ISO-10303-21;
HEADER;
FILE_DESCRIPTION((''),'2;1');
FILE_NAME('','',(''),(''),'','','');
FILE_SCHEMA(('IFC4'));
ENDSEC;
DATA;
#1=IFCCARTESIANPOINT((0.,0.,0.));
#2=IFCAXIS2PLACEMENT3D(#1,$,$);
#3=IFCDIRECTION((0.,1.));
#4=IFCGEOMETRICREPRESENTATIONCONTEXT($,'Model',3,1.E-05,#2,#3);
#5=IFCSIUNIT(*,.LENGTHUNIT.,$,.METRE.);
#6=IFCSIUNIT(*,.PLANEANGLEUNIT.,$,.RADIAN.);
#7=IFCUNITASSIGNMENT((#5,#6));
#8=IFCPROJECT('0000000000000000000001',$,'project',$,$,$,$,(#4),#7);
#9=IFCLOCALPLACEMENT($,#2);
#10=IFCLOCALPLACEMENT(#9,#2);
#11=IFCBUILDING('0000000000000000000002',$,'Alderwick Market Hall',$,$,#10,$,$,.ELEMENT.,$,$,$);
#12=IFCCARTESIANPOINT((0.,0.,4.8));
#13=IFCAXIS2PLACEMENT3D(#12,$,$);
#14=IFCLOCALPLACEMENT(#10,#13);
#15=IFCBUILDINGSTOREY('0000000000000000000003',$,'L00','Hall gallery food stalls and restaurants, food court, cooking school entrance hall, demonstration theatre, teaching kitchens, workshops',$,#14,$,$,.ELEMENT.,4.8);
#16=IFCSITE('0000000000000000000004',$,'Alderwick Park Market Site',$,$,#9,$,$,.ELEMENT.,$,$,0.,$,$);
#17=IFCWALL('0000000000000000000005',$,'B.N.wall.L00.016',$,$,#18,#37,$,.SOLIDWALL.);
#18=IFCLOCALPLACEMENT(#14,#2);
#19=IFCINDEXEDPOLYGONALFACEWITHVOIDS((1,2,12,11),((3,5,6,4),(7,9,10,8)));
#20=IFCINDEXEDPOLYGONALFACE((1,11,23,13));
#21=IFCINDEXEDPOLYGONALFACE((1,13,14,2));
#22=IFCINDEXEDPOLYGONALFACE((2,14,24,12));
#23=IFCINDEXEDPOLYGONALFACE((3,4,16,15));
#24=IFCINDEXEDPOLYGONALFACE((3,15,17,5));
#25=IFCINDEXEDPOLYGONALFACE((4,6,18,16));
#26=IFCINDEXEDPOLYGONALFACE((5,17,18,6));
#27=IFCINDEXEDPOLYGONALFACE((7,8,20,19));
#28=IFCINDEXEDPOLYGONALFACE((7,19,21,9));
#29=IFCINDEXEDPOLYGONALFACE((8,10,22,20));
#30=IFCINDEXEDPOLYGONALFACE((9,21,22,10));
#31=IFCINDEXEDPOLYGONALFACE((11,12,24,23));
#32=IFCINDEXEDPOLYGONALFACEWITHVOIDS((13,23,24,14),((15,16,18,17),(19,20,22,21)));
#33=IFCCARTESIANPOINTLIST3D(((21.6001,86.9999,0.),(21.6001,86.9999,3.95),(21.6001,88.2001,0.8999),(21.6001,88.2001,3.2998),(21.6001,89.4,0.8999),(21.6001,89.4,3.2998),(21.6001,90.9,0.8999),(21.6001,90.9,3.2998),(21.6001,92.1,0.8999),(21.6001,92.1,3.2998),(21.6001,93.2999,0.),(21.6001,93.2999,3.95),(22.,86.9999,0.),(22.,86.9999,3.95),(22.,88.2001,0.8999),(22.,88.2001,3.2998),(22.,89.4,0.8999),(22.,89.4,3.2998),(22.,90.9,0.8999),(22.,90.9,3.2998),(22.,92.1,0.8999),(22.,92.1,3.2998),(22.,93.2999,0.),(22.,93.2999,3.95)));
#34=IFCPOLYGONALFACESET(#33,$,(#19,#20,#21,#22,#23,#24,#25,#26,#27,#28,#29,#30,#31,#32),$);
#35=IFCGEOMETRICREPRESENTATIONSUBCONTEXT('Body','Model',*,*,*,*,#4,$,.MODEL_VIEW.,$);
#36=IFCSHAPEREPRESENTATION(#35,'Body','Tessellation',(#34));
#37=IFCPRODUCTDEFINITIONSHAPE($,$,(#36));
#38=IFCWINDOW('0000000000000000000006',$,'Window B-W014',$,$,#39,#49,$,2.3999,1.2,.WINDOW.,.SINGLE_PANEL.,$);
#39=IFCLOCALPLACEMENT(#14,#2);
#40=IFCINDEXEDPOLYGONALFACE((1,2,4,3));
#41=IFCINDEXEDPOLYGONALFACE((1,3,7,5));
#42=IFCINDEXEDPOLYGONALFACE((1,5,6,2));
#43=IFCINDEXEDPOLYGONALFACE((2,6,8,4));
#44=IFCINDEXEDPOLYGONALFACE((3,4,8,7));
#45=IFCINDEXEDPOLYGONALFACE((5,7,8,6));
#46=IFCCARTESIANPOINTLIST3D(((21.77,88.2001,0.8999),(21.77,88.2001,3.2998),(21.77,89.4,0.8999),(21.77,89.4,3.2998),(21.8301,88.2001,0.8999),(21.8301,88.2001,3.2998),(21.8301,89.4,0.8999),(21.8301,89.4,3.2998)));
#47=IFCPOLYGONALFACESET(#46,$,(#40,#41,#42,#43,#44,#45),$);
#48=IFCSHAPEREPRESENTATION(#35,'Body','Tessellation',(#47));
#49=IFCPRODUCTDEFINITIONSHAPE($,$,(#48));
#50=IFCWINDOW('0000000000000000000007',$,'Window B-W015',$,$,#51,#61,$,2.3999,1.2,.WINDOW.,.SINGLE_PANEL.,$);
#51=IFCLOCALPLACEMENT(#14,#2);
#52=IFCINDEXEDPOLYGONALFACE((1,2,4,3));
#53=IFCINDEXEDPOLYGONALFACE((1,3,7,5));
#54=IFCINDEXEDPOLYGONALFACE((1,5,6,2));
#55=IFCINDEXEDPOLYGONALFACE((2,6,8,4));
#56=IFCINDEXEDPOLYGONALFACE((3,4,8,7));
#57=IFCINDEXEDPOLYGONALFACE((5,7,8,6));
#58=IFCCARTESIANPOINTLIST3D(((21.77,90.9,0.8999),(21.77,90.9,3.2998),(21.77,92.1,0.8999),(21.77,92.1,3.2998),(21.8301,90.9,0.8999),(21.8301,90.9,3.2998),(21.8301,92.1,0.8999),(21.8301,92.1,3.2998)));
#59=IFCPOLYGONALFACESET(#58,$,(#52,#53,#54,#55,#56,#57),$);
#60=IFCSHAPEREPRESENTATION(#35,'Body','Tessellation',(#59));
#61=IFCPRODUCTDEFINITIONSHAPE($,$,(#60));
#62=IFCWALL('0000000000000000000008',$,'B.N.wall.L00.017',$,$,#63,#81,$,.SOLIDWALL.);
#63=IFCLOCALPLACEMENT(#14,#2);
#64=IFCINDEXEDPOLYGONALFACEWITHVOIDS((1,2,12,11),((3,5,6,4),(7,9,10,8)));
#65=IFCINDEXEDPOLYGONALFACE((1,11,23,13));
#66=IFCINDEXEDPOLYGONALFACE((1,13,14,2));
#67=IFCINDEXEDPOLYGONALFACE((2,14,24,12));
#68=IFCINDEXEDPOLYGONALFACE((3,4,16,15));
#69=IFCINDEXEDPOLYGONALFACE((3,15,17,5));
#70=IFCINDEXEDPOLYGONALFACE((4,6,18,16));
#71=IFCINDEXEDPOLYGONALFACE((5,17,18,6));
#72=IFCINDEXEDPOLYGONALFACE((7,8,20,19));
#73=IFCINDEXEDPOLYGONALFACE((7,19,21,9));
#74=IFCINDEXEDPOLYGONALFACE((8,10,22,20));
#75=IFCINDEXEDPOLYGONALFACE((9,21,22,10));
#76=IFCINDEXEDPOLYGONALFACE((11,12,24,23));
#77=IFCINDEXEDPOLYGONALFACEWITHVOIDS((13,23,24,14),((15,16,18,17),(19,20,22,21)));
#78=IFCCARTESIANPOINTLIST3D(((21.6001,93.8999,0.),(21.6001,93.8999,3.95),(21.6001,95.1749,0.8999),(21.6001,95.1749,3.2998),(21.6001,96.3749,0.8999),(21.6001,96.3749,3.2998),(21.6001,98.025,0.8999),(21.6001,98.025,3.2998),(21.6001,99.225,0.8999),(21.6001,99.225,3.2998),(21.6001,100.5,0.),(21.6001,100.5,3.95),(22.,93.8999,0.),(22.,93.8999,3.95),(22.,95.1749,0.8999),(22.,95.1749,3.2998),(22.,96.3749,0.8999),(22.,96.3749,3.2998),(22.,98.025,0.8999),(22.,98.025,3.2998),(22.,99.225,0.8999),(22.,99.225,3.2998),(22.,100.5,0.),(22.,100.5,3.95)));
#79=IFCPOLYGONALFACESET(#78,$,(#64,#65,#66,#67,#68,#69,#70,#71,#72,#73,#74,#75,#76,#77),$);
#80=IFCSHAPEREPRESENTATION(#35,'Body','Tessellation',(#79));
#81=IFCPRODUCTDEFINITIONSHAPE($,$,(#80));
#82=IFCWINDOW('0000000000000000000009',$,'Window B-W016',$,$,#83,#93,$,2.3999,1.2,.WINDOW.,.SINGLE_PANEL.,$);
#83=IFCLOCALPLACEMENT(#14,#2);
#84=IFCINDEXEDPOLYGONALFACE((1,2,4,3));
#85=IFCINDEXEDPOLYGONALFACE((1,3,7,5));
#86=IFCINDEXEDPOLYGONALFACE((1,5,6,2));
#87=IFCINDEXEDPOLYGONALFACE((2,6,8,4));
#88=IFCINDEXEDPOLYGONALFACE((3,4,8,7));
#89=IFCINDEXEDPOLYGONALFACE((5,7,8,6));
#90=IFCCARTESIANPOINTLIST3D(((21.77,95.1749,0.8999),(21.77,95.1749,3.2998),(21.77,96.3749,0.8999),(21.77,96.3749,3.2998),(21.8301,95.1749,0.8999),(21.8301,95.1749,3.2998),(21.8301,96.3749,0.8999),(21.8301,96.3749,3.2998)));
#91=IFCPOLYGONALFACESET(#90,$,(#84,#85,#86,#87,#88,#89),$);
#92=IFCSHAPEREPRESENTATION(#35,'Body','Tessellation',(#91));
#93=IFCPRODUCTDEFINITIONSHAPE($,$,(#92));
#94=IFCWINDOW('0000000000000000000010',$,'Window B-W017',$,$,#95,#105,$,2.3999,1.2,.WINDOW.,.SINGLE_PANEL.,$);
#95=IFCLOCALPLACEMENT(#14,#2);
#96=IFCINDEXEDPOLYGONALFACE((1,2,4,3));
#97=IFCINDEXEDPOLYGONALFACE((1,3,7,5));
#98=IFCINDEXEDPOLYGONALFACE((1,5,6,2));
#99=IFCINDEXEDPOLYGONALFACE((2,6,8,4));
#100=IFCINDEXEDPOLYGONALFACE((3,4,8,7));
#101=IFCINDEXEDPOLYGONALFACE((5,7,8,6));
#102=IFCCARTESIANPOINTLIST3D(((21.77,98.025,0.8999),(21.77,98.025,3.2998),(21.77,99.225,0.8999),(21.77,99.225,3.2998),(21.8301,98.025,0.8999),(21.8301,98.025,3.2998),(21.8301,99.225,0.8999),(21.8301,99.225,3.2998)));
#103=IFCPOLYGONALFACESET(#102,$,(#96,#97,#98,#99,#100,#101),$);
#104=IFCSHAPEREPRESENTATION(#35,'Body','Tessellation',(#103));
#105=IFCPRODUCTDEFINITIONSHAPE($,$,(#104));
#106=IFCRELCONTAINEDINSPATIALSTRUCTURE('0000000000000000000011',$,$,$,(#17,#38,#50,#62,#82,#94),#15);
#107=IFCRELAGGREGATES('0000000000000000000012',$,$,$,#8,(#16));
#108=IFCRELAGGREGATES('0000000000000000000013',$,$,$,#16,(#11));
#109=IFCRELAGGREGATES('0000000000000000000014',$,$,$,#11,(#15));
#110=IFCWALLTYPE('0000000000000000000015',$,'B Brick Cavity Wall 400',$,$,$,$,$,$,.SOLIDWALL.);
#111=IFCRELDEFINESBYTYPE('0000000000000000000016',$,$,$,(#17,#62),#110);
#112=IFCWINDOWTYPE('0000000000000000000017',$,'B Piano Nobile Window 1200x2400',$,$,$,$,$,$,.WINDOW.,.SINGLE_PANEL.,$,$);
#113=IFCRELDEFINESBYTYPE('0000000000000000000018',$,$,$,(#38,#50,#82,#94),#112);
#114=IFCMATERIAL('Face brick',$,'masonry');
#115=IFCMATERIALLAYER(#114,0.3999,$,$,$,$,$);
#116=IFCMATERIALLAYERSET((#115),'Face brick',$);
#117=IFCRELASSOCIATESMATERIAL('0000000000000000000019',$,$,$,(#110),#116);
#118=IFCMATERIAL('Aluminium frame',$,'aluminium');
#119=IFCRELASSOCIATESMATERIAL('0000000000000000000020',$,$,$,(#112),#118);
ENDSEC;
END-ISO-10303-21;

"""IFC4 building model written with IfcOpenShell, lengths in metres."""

from ifc_helpers import new_model, si_unit, direction, frame, frame_2d, origin, place, context, subcontext, project, spatial, rectangle, extrude, material, layer, layer_set, type_object, element, fill, save


model = new_model("IFC4")

# Units and contexts
model_context = context("Model", 3, precision=1e-05, world=origin(), true_north=direction((0.0, 1.0)))
body_context = subcontext(model_context, "Body", "Model", "MODEL_VIEW")
ifc_project = project(units=[si_unit("LENGTHUNIT", "METRE"), si_unit("PLANEANGLEUNIT", "RADIAN")], contexts=[model_context])

# Site, building, storey
site_placement = place(None, origin())
site = spatial("IfcSite", under=ifc_project, at=site_placement, Name="Alderwick Park Market Site", CompositionType="ELEMENT", RefElevation=0.0)
building_placement = place(site_placement, origin())
building = spatial("IfcBuilding", under=site, at=building_placement, Name="Alderwick Market Hall", CompositionType="ELEMENT")
storey_placement = place(building_placement, frame((0.0, 0.0, 4.8)))
storey = spatial("IfcBuildingStorey", under=building, at=storey_placement, Name="L00", Description="Hall gallery food stalls and restaurants, food court, cooking school entrance hall, demonstration theatre, teaching kitchens, workshops", CompositionType="ELEMENT", Elevation=4.8)

# Walls, openings, windows
ifc_material_1 = material(Name="Face brick", Category="masonry")
ifc_layer_1 = layer(ifc_material_1, 0.3999)
ifc_layer_set_1 = layer_set([ifc_layer_1], Name="Face brick")
wall_type_1 = type_object("IfcWallType", Name="B Brick Cavity Wall 400", PredefinedType="SOLIDWALL", material=ifc_layer_set_1)
wall_1_placement = place(storey_placement, frame((21.8, 87.0, 0.0), z_axis=(0.0, 0.0, 1.0), x_axis=(0.0, 1.0, 0.0)))
wall_1 = element("IfcWall", 1, at=wall_1_placement, inside=storey, type_object=wall_type_1, Name="B.N.wall.L00.016", PredefinedType="SOLIDWALL", context=body_context, shape_type="SweptSolid", body=[
    extrude(rectangle(XDim=6.3, YDim=0.3999, at=frame_2d((3.1499, 0.0))), origin(), (0.0, 0.0, 1.0), 3.95),
])
opening_1_placement = place(wall_1_placement, frame((1.2, 0.0, 0.8999)))
opening_1 = element("IfcOpeningElement", 2, at=opening_1_placement, cuts=wall_1, PredefinedType="OPENING", context=body_context, shape_type="SweptSolid", body=[
    extrude(rectangle(XDim=1.2, YDim=2.3999, at=frame_2d((0.6001, 1.2))), frame((0.0, 0.21, 0.0), z_axis=(0.0, -1.0, 0.0), x_axis=(1.0, 0.0, 0.0)), (0.0, 0.0, 1.0), 0.4199),
])
opening_2_placement = place(wall_1_placement, frame((3.8999, 0.0, 0.8999)))
opening_2 = element("IfcOpeningElement", 3, at=opening_2_placement, cuts=wall_1, PredefinedType="OPENING", context=body_context, shape_type="SweptSolid", body=[
    extrude(rectangle(XDim=1.2, YDim=2.3999, at=frame_2d((0.6001, 1.2))), frame((0.0, 0.21, 0.0), z_axis=(0.0, -1.0, 0.0), x_axis=(1.0, 0.0, 0.0)), (0.0, 0.0, 1.0), 0.4199),
])
ifc_material_2 = material(Name="Aluminium frame", Category="aluminium")
window_type = type_object("IfcWindowType", Name="B Piano Nobile Window 1200x2400", PartitioningType="SINGLE_PANEL", PredefinedType="WINDOW", material=ifc_material_2)
window_1_placement = place(opening_1_placement, origin())
window_1 = element("IfcWindow", 4, at=window_1_placement, inside=storey, type_object=window_type, Name="Window B-W014", OverallHeight=2.3999, OverallWidth=1.2, PartitioningType="SINGLE_PANEL", PredefinedType="WINDOW", context=body_context, shape_type="SweptSolid", body=[
    extrude(rectangle(XDim=1.2, YDim=2.3999, at=frame_2d((0.6001, 1.2))), frame((0.0, 0.03, 0.0), z_axis=(0.0, -1.0, 0.0), x_axis=(1.0, 0.0, 0.0)), (0.0, 0.0, 1.0), 0.0601),
])
fill(opening_1, window_1)
window_2_placement = place(opening_2_placement, origin())
window_2 = element("IfcWindow", 5, at=window_2_placement, inside=storey, type_object=window_type, Name="Window B-W015", OverallHeight=2.3999, OverallWidth=1.2, PartitioningType="SINGLE_PANEL", PredefinedType="WINDOW", context=body_context, shape_type="SweptSolid", body=[
    extrude(rectangle(XDim=1.2, YDim=2.3999, at=frame_2d((0.6001, 1.2))), frame((0.0, 0.03, 0.0), z_axis=(0.0, -1.0, 0.0), x_axis=(1.0, 0.0, 0.0)), (0.0, 0.0, 1.0), 0.0601),
])
fill(opening_2, window_2)
wall_2_placement = place(storey_placement, frame((21.8, 93.8999, 0.0), z_axis=(0.0, 0.0, 1.0), x_axis=(0.0, 1.0, 0.0)))
wall_2 = element("IfcWall", 6, at=wall_2_placement, inside=storey, type_object=wall_type_1, Name="B.N.wall.L00.017", PredefinedType="SOLIDWALL", context=body_context, shape_type="SweptSolid", body=[
    extrude(rectangle(XDim=6.6001, YDim=0.3999, at=frame_2d((3.3, 0.0))), origin(), (0.0, 0.0, 1.0), 3.95),
])
opening_3_placement = place(wall_2_placement, frame((1.2749, 0.0, 0.8999)))
opening_3 = element("IfcOpeningElement", 7, at=opening_3_placement, cuts=wall_2, PredefinedType="OPENING", context=body_context, shape_type="SweptSolid", body=[
    extrude(rectangle(XDim=1.2, YDim=2.3999, at=frame_2d((0.6001, 1.2))), frame((0.0, 0.21, 0.0), z_axis=(0.0, -1.0, 0.0), x_axis=(1.0, 0.0, 0.0)), (0.0, 0.0, 1.0), 0.4199),
])
opening_4_placement = place(wall_2_placement, frame((4.125, 0.0, 0.8999)))
opening_4 = element("IfcOpeningElement", 8, at=opening_4_placement, cuts=wall_2, PredefinedType="OPENING", context=body_context, shape_type="SweptSolid", body=[
    extrude(rectangle(XDim=1.2, YDim=2.3999, at=frame_2d((0.6001, 1.2))), frame((0.0, 0.21, 0.0), z_axis=(0.0, -1.0, 0.0), x_axis=(1.0, 0.0, 0.0)), (0.0, 0.0, 1.0), 0.4199),
])
window_3_placement = place(opening_3_placement, origin())
window_3 = element("IfcWindow", 9, at=window_3_placement, inside=storey, type_object=window_type, Name="Window B-W016", OverallHeight=2.3999, OverallWidth=1.2, PartitioningType="SINGLE_PANEL", PredefinedType="WINDOW", context=body_context, shape_type="SweptSolid", body=[
    extrude(rectangle(XDim=1.2, YDim=2.3999, at=frame_2d((0.6001, 1.2))), frame((0.0, 0.03, 0.0), z_axis=(0.0, -1.0, 0.0), x_axis=(1.0, 0.0, 0.0)), (0.0, 0.0, 1.0), 0.0601),
])
fill(opening_3, window_3)
window_4_placement = place(opening_4_placement, origin())
window_4 = element("IfcWindow", 10, at=window_4_placement, inside=storey, type_object=window_type, Name="Window B-W017", OverallHeight=2.3999, OverallWidth=1.2, PartitioningType="SINGLE_PANEL", PredefinedType="WINDOW", context=body_context, shape_type="SweptSolid", body=[
    extrude(rectangle(XDim=1.2, YDim=2.3999, at=frame_2d((0.6001, 1.2))), frame((0.0, 0.03, 0.0), z_axis=(0.0, -1.0, 0.0), x_axis=(1.0, 0.0, 0.0)), (0.0, 0.0, 1.0), 0.0601),
])
fill(opening_4, window_4)

save(model, "model.ifc")
